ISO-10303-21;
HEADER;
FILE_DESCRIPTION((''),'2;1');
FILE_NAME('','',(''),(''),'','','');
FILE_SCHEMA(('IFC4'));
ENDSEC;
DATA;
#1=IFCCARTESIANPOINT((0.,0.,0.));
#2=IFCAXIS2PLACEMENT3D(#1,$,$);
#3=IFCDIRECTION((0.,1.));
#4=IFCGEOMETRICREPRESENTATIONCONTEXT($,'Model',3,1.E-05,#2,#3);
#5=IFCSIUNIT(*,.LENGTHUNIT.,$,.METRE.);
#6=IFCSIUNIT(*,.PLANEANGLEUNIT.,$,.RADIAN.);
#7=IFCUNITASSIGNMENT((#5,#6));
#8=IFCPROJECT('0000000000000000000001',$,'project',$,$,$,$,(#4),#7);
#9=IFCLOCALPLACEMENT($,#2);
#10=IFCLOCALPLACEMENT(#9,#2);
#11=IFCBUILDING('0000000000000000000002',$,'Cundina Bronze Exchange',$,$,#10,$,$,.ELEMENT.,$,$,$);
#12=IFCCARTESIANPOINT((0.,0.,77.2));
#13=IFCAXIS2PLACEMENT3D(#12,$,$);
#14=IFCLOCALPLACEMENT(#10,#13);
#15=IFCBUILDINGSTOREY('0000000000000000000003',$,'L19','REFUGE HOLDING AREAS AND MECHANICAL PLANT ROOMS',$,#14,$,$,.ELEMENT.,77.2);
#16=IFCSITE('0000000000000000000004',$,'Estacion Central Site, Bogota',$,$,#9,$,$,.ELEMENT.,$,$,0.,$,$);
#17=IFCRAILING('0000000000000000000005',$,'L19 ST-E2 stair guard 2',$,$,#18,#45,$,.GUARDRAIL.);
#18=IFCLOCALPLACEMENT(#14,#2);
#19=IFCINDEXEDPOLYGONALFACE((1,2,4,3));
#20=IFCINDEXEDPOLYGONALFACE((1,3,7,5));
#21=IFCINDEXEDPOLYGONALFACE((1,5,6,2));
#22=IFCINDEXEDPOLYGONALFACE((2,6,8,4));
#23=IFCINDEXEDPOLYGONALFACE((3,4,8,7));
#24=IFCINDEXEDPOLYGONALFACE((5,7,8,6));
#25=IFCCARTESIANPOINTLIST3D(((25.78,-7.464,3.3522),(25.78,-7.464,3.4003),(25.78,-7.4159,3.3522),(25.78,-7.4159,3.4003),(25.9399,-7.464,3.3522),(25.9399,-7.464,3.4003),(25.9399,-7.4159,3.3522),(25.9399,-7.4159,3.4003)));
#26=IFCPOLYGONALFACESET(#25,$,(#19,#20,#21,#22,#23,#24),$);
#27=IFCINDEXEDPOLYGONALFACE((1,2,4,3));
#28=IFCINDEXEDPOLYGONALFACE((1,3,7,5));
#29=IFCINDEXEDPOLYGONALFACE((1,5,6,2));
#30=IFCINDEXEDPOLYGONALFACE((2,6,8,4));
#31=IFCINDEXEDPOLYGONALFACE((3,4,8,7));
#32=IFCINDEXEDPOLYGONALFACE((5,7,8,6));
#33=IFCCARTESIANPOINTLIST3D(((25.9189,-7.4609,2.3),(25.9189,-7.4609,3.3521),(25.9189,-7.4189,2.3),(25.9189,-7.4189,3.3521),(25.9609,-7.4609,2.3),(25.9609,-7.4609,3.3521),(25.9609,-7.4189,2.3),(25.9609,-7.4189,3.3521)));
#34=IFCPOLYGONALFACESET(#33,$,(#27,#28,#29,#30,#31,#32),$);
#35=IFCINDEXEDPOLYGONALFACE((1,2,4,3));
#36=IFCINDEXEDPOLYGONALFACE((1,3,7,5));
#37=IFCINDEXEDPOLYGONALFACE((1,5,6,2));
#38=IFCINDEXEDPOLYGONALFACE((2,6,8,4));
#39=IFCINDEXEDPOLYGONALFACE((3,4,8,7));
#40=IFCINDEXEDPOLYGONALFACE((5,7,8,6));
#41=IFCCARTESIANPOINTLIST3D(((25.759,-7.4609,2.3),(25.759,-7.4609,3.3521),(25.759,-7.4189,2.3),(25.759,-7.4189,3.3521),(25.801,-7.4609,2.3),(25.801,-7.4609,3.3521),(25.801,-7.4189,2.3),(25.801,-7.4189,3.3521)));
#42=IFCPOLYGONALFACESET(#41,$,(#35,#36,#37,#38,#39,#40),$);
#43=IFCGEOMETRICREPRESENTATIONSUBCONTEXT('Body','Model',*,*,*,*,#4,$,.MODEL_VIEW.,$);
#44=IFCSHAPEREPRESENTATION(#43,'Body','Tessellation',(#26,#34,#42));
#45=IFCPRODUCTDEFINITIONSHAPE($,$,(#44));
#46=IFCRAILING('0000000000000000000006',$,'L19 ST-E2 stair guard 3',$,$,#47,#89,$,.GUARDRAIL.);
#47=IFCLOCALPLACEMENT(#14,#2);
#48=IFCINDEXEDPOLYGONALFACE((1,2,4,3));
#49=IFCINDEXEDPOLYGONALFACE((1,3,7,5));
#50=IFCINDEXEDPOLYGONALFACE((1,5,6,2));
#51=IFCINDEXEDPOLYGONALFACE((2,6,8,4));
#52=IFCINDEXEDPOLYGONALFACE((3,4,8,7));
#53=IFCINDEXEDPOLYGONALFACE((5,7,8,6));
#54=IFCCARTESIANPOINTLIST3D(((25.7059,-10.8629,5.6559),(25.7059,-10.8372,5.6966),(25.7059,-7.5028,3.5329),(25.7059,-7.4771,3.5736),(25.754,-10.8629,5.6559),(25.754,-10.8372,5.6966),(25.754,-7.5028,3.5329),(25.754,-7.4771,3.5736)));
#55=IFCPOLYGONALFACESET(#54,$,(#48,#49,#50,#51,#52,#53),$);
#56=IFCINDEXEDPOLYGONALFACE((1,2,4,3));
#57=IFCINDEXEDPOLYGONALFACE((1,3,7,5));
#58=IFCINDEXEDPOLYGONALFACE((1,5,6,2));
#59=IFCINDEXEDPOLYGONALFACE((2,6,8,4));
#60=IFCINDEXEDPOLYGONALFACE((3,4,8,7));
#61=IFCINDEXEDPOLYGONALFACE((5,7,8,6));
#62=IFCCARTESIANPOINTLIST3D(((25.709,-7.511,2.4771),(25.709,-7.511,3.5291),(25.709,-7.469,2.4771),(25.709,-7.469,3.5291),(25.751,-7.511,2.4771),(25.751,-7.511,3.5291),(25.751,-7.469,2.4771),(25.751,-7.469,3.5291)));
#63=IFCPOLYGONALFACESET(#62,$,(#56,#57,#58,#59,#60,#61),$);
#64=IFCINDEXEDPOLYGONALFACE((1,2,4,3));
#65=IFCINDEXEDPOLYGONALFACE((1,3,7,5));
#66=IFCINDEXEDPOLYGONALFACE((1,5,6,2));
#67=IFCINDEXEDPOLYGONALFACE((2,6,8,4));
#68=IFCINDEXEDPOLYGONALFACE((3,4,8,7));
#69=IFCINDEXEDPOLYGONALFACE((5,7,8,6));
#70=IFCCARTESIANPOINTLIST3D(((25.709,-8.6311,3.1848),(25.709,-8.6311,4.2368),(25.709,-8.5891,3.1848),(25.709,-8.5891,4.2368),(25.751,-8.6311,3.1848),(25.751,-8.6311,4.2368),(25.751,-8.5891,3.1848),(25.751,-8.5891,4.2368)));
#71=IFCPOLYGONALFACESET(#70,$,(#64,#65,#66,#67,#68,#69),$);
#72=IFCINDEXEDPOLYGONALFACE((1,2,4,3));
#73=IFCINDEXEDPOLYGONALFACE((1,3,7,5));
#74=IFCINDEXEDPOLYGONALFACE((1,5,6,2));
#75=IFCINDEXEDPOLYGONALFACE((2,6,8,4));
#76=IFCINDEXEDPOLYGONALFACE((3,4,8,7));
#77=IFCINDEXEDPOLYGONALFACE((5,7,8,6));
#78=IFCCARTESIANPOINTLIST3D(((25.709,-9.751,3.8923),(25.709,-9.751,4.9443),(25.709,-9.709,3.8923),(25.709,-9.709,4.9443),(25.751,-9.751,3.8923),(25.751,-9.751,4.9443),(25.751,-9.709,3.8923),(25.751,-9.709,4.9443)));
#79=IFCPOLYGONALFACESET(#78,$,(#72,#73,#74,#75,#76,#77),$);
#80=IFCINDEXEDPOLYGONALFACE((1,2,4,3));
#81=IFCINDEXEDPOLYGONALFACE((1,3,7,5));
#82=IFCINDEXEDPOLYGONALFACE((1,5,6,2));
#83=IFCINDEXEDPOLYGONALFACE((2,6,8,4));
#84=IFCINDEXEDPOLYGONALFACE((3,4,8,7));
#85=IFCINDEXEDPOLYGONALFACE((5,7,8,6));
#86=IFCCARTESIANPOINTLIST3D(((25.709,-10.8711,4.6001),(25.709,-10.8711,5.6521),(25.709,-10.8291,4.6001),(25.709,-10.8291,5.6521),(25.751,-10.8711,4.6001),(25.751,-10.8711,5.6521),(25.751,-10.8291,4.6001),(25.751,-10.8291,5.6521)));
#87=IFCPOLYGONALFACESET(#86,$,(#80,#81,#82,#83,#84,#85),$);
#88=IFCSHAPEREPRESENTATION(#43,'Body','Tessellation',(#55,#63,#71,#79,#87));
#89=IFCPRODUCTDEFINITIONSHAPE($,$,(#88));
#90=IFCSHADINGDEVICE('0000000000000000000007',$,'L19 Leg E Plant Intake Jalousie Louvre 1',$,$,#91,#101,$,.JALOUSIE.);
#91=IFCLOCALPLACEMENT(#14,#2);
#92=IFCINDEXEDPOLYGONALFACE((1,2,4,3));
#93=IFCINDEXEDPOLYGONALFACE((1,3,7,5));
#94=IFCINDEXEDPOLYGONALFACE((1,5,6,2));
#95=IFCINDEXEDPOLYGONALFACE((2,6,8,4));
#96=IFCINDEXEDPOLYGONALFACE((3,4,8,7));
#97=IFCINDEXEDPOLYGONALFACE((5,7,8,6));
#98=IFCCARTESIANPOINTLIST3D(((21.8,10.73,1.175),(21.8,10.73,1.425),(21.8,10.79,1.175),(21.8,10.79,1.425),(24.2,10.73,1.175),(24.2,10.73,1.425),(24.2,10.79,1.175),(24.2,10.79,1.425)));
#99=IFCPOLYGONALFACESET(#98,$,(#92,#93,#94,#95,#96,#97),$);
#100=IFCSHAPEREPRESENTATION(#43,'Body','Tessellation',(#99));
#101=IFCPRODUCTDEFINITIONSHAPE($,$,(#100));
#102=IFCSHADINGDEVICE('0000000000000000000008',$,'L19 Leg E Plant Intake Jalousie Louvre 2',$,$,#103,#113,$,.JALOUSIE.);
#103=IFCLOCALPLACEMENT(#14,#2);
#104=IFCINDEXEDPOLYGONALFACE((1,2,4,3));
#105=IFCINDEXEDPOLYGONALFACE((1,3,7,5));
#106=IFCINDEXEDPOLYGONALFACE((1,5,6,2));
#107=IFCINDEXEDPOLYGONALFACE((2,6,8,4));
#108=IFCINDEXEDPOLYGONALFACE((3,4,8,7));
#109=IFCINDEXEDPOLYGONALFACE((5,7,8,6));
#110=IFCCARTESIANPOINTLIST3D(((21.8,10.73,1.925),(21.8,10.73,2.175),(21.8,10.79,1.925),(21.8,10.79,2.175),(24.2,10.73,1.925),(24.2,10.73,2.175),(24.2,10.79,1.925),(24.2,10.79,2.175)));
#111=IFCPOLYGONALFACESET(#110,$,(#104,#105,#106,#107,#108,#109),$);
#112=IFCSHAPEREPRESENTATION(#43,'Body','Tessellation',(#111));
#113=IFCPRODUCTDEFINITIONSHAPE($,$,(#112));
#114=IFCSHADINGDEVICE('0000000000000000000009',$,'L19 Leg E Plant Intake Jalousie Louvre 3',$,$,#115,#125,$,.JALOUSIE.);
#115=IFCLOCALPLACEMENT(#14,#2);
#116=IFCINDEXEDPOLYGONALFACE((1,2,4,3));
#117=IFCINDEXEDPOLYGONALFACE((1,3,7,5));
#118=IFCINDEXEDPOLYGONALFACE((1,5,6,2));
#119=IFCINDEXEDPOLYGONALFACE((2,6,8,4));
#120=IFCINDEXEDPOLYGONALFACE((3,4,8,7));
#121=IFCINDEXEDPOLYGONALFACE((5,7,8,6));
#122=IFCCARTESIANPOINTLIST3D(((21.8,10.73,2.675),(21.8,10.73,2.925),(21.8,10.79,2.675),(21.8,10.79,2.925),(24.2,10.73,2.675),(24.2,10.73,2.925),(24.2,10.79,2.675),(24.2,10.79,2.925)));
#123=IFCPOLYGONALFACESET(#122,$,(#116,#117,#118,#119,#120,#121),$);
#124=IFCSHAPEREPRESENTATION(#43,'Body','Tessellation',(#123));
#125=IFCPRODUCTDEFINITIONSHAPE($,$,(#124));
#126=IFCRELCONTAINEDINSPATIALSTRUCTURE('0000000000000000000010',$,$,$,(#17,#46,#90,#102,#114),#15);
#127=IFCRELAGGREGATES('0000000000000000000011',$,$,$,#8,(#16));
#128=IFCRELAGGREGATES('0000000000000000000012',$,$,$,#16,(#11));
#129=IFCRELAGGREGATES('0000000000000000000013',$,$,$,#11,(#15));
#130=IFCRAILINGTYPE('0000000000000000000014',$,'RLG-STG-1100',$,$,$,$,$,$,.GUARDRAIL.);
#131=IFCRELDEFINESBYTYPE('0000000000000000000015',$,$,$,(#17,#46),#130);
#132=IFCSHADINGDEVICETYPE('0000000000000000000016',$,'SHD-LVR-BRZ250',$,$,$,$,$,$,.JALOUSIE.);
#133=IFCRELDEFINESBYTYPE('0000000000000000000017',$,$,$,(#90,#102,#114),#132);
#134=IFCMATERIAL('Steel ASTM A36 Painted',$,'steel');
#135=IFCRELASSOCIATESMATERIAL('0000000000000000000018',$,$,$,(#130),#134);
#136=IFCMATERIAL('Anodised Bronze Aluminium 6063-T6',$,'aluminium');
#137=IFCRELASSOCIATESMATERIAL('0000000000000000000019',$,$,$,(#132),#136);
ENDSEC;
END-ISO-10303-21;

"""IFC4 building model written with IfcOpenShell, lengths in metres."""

from ifc_helpers import new_model, si_unit, direction, frame, origin, origin_2d, place, context, subcontext, project, spatial, rectangle, extrude, material, material_profile, profile_set, type_object, element, save


model = new_model("IFC4")

# Units and contexts
model_context = context("Model", 3, precision=1e-05, world=origin(), true_north=direction((0.0, 1.0)))
body_context = subcontext(model_context, "Body", "Model", "MODEL_VIEW")
ifc_project = project(units=[si_unit("LENGTHUNIT", "METRE"), si_unit("PLANEANGLEUNIT", "RADIAN")], contexts=[model_context])

# Site, building, storey
site_placement = place(None, origin())
site = spatial("IfcSite", under=ifc_project, at=site_placement, Name="Estacion Central Site, Bogota", CompositionType="ELEMENT", RefElevation=0.0)
building_placement = place(site_placement, origin())
building = spatial("IfcBuilding", under=site, at=building_placement, Name="Cundina Bronze Exchange", CompositionType="ELEMENT")
storey_placement = place(building_placement, frame((0.0, 0.0, 77.2)))
storey = spatial("IfcBuildingStorey", under=building, at=storey_placement, Name="L19", Description="REFUGE HOLDING AREAS AND MECHANICAL PLANT ROOMS", CompositionType="ELEMENT", Elevation=77.2)

# Shared definitions
ifc_material_1 = material(Name="Steel ASTM A36 Painted", Category="steel")

# Railings
ifc_material_2 = material(Name="Anodised Bronze Aluminium 6063-T6", Category="aluminium")
railing_type_1 = type_object("IfcRailingType", Name="RLG-STG-1100", PredefinedType="GUARDRAIL", material=ifc_material_1)
railing_1_placement = place(storey_placement, frame((25.9399, -7.4399, 2.3)))
element("IfcRailing", 1, at=railing_1_placement, inside=storey, type_object=railing_type_1, Name="L19 ST-E2 stair guard 2", PredefinedType="GUARDRAIL", context=body_context, shape_type="SweptSolid", body=[
    extrude(rectangle(XDim=0.0481, YDim=0.0481, at=origin_2d()), frame((0.0, 0.0, 1.0762), z_axis=(-1.0, 0.0, 0.0), x_axis=(0.0, -1.0, 0.0)), (0.0, 0.0, 1.0), 0.1599),
    extrude(rectangle(XDim=0.042, YDim=0.042, at=origin_2d()), origin(), (0.0, 0.0, 1.0), 1.052),
    extrude(rectangle(XDim=0.042, YDim=0.042, at=origin_2d()), frame((-0.1599, 0.0, 0.0)), (0.0, 0.0, 1.0), 1.052),
])
railing_2_placement = place(storey_placement, frame((25.73, -7.49, 2.4771)))
element("IfcRailing", 2, at=railing_2_placement, inside=storey, type_object=railing_type_1, Name="L19 ST-E2 stair guard 3", PredefinedType="GUARDRAIL", context=body_context, shape_type="SweptSolid", body=[
    extrude(rectangle(XDim=0.0481, YDim=0.0481, at=origin_2d()), frame((0.0, 0.0, 1.0762), z_axis=(0.0, -0.84539, 0.53415), x_axis=(1.0, 0.0, 0.0)), (0.0, 0.0, 1.0), 3.9746),
    extrude(rectangle(XDim=0.042, YDim=0.042, at=origin_2d()), origin(), (0.0, 0.0, 1.0), 1.052),
    extrude(rectangle(XDim=0.042, YDim=0.042, at=origin_2d()), frame((0.0, -1.1201, 0.7078)), (0.0, 0.0, 1.0), 1.052),
    extrude(rectangle(XDim=0.042, YDim=0.042, at=origin_2d()), frame((0.0, -2.24, 1.4153)), (0.0, 0.0, 1.0), 1.052),
    extrude(rectangle(XDim=0.042, YDim=0.042, at=origin_2d()), frame((0.0, -3.3601, 2.123)), (0.0, 0.0, 1.0), 1.052),
])

# Shading devices
ifc_material_profile_1 = material_profile(ifc_material_2, rectangle(XDim=0.0601, YDim=0.25, at=origin_2d()), Name="LVR60X250", Category="aluminium")
ifc_profile_set_1 = profile_set([ifc_material_profile_1], Name="Anodised Bronze Aluminium 6063-T6")
shading_device_type = type_object("IfcShadingDeviceType", Name="SHD-LVR-BRZ250", PredefinedType="JALOUSIE", material=ifc_profile_set_1)
for number, where, z_axis, x_axis, name in (
    (3, (21.8, 10.76, 1.3), (1.0, 0.0, 0.0), (0.0, 1.0, 0.0), "L19 Leg E Plant Intake Jalousie Louvre 1"),
    (4, (21.8, 10.76, 2.05), (1.0, 0.0, 0.0), (0.0, 1.0, 0.0), "L19 Leg E Plant Intake Jalousie Louvre 2"),
    (5, (21.8, 10.76, 2.8), (1.0, 0.0, 0.0), (0.0, 1.0, 0.0), "L19 Leg E Plant Intake Jalousie Louvre 3"),
):
    element("IfcShadingDevice", number, at=place(storey_placement, frame(where, z_axis=z_axis, x_axis=x_axis)), inside=storey, type_object=shading_device_type, Name=name, PredefinedType="JALOUSIE", context=body_context, shape_type="SweptSolid", body=[
        extrude(rectangle(XDim=0.0601, YDim=0.25, at=origin_2d()), origin(), (0.0, 0.0, 1.0), 2.3999),
    ])

save(model, "model.ifc")
